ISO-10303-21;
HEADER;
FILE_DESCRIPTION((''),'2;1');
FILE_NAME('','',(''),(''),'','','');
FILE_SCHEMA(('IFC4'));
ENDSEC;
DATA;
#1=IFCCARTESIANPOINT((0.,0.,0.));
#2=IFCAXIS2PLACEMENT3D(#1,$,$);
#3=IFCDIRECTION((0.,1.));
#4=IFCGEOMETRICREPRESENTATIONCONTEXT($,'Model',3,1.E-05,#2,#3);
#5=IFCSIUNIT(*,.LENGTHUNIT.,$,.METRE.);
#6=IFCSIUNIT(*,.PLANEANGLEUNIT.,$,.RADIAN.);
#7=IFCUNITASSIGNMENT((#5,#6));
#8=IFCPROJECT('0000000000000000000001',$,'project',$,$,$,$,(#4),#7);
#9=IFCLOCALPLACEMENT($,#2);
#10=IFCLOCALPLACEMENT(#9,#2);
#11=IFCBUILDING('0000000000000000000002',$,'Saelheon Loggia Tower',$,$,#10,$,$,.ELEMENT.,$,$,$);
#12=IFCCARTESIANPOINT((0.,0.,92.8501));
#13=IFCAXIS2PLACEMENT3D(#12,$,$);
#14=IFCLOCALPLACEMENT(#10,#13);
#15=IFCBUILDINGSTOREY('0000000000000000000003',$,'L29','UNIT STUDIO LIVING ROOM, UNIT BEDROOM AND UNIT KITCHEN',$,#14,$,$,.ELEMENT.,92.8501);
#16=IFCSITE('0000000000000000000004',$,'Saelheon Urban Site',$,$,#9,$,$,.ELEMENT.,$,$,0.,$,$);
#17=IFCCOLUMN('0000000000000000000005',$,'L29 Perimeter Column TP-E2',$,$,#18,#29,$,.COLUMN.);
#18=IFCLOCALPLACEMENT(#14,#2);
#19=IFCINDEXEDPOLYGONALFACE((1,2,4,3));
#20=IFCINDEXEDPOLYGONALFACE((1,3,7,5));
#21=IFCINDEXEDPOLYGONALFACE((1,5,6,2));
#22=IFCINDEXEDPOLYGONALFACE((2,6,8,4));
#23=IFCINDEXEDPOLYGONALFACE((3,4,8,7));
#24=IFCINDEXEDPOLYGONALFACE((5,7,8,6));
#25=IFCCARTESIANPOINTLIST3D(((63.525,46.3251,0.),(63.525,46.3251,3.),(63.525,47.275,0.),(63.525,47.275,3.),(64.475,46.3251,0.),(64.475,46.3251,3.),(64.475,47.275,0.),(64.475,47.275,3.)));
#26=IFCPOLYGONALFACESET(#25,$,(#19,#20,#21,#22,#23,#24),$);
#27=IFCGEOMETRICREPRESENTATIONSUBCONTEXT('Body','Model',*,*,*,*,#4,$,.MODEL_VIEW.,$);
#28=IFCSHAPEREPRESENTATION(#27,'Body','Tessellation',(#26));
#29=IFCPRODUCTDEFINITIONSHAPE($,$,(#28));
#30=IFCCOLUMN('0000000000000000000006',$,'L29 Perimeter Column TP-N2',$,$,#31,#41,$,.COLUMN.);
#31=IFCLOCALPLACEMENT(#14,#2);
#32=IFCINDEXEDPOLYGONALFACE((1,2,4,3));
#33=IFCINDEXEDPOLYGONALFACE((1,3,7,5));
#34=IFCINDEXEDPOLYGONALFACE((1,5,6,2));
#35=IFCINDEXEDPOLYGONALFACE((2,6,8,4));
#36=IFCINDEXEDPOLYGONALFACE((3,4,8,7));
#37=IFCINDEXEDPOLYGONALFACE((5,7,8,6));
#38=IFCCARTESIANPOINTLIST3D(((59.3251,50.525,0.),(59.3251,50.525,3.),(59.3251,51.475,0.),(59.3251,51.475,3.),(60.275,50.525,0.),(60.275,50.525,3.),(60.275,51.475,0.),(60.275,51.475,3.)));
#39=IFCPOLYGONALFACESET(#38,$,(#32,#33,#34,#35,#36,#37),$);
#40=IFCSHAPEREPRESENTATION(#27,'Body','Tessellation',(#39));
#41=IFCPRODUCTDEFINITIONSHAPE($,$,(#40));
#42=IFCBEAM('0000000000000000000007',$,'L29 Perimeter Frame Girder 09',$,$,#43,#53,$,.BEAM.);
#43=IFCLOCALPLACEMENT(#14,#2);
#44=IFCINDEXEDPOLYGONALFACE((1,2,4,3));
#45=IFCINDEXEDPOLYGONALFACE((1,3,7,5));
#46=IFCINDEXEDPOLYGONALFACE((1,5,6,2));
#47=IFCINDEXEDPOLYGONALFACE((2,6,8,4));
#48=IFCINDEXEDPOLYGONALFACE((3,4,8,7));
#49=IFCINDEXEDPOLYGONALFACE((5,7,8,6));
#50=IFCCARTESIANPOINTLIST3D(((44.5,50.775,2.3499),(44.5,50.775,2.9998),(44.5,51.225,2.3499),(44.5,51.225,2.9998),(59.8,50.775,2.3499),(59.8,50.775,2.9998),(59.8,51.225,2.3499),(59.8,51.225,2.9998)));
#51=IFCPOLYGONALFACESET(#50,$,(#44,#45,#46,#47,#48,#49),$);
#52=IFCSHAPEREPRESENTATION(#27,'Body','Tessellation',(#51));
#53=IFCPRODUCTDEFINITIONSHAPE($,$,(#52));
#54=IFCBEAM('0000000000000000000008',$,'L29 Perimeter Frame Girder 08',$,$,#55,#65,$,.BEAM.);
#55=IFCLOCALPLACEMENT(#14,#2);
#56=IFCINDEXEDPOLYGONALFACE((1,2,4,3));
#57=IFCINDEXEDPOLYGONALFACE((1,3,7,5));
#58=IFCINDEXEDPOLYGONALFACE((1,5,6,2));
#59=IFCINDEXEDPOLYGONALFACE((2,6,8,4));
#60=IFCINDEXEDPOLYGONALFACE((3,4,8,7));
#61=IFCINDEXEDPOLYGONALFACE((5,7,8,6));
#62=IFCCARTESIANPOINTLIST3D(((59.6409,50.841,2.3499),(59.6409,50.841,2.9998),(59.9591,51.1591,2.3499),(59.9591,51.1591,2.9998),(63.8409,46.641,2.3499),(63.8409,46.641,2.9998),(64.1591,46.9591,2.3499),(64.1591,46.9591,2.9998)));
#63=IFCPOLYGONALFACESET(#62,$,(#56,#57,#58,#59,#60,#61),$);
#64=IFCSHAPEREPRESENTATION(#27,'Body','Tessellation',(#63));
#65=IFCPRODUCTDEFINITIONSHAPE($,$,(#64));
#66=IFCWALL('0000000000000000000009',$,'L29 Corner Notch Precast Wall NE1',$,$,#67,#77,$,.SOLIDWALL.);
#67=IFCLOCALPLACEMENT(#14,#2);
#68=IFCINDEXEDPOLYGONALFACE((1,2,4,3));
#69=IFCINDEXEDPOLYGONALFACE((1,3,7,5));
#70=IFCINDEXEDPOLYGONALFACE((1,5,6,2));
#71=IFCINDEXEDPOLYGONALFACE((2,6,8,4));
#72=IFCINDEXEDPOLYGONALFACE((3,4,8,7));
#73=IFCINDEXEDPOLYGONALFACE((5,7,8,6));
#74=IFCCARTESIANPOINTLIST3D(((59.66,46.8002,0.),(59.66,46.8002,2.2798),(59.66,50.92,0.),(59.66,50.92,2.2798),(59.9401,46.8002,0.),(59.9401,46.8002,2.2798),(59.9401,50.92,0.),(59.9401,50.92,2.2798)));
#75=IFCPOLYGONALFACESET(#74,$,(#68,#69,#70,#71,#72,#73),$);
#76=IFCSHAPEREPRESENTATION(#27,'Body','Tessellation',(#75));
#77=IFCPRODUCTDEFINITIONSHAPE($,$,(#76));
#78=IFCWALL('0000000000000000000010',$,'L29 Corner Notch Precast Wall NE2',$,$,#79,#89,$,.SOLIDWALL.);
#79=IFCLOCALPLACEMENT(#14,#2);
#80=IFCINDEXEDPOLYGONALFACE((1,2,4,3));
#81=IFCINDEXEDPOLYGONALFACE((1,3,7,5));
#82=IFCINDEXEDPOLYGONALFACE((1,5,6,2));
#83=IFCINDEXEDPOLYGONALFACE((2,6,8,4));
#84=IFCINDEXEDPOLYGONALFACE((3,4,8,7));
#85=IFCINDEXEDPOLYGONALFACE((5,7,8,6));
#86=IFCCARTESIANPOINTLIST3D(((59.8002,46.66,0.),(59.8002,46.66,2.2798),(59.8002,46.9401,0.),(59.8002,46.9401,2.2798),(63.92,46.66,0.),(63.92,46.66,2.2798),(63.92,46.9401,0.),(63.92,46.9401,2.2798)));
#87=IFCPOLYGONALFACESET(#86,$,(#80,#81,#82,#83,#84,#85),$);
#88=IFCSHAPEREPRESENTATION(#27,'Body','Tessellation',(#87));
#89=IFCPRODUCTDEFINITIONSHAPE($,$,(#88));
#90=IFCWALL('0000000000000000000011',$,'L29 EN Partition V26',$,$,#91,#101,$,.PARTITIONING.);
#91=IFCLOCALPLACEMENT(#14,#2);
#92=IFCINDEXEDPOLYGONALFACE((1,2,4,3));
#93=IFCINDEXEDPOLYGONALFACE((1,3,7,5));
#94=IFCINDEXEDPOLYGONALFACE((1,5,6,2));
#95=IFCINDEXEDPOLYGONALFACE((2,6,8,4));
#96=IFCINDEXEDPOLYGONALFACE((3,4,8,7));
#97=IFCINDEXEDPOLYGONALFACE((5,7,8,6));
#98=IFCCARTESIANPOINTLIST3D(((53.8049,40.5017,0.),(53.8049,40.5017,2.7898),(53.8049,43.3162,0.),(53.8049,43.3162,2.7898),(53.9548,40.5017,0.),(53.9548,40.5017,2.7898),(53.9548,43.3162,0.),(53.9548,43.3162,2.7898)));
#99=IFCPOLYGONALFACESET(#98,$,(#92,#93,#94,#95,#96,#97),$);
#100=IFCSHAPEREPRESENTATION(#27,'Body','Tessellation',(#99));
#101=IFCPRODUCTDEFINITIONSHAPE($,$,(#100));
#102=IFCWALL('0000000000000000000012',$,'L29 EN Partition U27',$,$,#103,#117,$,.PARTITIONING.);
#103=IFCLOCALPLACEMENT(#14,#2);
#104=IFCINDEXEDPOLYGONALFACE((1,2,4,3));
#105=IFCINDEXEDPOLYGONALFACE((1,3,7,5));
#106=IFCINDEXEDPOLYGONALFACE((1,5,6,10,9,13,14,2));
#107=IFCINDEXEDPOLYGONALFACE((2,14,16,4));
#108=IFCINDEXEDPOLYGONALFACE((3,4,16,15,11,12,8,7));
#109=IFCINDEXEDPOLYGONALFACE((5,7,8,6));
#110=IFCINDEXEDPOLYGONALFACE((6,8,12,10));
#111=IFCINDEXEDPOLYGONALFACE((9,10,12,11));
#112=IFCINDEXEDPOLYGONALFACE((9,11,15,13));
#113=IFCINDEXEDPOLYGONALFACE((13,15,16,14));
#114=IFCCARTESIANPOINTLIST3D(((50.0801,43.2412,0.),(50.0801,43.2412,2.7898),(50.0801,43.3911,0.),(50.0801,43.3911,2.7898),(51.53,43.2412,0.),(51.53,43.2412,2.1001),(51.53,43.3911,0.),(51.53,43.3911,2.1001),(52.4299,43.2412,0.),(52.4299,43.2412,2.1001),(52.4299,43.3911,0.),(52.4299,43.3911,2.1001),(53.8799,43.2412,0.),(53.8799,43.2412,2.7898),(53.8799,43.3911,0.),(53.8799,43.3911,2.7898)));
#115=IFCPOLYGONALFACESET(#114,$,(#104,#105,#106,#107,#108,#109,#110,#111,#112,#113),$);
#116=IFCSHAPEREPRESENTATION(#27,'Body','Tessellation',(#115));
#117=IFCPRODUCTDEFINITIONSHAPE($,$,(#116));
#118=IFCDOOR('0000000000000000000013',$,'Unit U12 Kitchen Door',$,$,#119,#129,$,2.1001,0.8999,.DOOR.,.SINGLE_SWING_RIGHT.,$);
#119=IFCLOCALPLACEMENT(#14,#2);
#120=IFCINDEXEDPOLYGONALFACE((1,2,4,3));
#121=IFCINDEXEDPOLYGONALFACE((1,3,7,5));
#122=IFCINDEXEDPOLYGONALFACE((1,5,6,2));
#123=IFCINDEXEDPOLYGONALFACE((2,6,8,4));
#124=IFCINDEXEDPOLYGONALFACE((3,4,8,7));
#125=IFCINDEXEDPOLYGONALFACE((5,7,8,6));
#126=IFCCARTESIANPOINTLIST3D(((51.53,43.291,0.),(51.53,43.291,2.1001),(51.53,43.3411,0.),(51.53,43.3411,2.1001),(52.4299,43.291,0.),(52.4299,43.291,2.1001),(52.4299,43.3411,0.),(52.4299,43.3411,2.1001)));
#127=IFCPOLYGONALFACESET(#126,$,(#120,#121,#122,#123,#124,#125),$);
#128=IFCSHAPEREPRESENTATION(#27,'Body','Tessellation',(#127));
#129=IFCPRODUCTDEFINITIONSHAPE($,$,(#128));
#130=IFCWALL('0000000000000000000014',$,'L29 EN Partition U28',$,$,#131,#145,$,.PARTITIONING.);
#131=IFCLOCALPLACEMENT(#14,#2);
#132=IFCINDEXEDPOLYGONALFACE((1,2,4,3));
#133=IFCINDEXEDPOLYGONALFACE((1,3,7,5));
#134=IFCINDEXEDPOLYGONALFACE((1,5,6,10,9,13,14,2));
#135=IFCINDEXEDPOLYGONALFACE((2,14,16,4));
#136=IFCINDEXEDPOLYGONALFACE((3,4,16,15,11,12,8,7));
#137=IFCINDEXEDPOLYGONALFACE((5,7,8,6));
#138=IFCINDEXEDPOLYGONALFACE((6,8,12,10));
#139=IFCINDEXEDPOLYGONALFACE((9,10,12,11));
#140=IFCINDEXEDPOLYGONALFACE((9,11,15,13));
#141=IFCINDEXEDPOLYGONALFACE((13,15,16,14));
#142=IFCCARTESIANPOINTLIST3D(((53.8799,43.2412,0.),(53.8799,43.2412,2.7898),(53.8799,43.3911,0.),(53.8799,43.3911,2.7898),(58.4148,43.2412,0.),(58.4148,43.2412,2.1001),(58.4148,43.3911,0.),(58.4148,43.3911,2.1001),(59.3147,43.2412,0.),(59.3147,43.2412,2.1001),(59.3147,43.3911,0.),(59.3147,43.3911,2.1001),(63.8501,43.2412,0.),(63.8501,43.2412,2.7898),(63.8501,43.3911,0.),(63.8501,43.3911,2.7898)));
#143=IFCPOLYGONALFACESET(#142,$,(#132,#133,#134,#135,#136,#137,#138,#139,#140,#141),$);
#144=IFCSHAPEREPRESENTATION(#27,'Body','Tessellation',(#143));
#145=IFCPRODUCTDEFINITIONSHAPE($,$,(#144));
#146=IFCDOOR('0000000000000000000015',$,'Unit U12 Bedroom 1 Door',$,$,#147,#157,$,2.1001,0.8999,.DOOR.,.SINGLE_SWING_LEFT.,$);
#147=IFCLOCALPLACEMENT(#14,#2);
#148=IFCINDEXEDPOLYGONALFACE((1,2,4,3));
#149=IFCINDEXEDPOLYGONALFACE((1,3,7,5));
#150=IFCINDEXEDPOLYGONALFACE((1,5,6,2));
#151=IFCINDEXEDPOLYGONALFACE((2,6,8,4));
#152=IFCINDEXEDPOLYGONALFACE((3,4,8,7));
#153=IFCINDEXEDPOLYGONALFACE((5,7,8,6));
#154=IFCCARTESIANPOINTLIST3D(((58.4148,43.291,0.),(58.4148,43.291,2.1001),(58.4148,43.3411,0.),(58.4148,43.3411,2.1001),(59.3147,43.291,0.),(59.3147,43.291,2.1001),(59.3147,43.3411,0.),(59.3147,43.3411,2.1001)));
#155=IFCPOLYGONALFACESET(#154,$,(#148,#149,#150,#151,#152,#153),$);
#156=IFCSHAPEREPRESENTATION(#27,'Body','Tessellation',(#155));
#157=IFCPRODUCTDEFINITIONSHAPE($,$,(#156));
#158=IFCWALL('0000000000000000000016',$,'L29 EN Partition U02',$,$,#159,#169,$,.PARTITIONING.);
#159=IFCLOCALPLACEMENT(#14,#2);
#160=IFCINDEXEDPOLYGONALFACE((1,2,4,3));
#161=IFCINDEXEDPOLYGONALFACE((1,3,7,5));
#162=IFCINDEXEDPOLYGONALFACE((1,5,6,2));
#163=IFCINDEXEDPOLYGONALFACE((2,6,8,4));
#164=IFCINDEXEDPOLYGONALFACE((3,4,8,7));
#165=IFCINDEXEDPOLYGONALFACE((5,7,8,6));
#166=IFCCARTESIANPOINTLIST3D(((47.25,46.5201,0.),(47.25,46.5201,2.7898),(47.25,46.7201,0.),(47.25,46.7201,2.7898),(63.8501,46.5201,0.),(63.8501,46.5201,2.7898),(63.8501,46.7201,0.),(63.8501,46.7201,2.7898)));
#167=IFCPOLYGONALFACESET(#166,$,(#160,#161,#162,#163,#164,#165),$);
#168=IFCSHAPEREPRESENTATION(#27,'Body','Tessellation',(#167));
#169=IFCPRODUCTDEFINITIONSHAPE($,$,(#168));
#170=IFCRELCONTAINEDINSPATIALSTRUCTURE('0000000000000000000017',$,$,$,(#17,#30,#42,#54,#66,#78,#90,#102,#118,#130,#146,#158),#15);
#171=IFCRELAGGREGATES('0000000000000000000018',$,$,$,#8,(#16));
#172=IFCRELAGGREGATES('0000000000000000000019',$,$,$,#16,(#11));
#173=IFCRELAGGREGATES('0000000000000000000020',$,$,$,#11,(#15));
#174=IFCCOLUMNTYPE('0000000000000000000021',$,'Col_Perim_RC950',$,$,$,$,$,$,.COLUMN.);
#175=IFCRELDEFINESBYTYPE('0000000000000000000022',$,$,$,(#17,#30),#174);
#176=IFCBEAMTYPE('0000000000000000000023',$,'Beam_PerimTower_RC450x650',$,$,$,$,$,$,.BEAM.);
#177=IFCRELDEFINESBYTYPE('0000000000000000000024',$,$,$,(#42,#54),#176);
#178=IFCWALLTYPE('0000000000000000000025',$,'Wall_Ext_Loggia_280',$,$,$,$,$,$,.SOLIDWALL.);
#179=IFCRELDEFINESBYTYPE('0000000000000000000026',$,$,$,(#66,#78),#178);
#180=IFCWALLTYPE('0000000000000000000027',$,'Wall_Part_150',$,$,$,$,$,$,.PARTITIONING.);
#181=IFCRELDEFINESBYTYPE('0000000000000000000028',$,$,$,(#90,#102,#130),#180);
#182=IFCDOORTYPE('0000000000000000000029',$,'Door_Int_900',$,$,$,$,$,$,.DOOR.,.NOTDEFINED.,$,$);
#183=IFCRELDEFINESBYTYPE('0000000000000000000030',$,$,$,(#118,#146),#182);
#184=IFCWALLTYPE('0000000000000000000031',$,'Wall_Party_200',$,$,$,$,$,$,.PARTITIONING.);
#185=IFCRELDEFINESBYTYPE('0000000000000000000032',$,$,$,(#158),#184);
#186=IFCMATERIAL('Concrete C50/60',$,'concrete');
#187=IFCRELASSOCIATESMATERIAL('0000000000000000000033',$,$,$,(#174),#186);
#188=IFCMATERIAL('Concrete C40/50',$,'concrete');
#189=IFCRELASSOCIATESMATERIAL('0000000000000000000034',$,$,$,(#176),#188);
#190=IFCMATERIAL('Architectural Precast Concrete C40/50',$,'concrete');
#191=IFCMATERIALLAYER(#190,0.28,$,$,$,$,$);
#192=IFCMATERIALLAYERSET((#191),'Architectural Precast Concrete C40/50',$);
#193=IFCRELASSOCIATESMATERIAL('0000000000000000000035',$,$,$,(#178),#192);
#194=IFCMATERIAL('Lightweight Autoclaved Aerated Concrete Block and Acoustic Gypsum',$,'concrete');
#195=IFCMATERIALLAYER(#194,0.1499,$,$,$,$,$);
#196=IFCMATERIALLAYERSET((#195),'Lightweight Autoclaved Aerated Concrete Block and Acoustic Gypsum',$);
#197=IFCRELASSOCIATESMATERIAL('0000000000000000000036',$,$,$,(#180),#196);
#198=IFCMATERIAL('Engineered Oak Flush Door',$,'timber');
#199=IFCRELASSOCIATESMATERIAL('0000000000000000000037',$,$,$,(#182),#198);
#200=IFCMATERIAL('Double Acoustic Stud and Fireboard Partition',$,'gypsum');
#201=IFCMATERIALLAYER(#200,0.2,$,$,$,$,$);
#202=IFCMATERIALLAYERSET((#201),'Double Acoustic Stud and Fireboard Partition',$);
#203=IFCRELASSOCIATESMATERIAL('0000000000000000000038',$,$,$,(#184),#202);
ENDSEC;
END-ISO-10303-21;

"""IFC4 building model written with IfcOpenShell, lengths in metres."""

from ifc_helpers import new_model, si_unit, direction, frame, frame_2d, origin, origin_2d, place, context, subcontext, project, spatial, rectangle, extrude, source, transform, mapped, material, layer, layer_set, material_profile, profile_set, type_object, element, fill, save


model = new_model("IFC4")

# Units and contexts
model_context = context("Model", 3, precision=1e-05, world=origin(), true_north=direction((0.0, 1.0)))
body_context = subcontext(model_context, "Body", "Model", "MODEL_VIEW")
ifc_project = project(units=[si_unit("LENGTHUNIT", "METRE"), si_unit("PLANEANGLEUNIT", "RADIAN")], contexts=[model_context])

# Site, building, storey
site_placement = place(None, origin())
site = spatial("IfcSite", under=ifc_project, at=site_placement, Name="Saelheon Urban Site", CompositionType="ELEMENT", RefElevation=0.0)
building_placement = place(site_placement, origin())
building = spatial("IfcBuilding", under=site, at=building_placement, Name="Saelheon Loggia Tower", CompositionType="ELEMENT")
storey_placement = place(building_placement, frame((0.0, 0.0, 92.8501)))
storey = spatial("IfcBuildingStorey", under=building, at=storey_placement, Name="L29", Description="UNIT STUDIO LIVING ROOM, UNIT BEDROOM AND UNIT KITCHEN", CompositionType="ELEMENT", Elevation=92.8501)

# Columns
ifc_material_1 = material(Name="Concrete C50/60", Category="concrete")
ifc_material_profile_1 = material_profile(ifc_material_1, rectangle(XDim=0.95, YDim=0.95, at=origin_2d()), Name="RC-950x950")
ifc_profile_set_1 = profile_set([ifc_material_profile_1], Name="Concrete C50/60")
column_type = type_object("IfcColumnType", Name="Col_Perim_RC950", PredefinedType="COLUMN", material=ifc_profile_set_1)
shared_shape_1 = source(origin(), body_context, "Body", "SweptSolid", [
    extrude(rectangle(XDim=0.95, YDim=0.95, at=origin_2d()), origin(), (0.0, 0.0, 1.0), 3.0),
])
for number, where, z_axis, x_axis, name in (
    (1, (64.0, 46.8, 0.0), (0.0, 0.0, 1.0), (1.0, 0.0, 0.0), "L29 Perimeter Column TP-E2"),
    (2, (59.8, 51.0, 0.0), (0.0, 0.0, 1.0), (1.0, 0.0, 0.0), "L29 Perimeter Column TP-N2"),
):
    element("IfcColumn", number, at=place(storey_placement, frame(where, z_axis=z_axis, x_axis=x_axis)), inside=storey, type_object=column_type, Name=name, PredefinedType="COLUMN", context=body_context, shape_type="MappedRepresentation", body=[
        mapped(shared_shape_1, transform((0.0, 0.0, 0.0), scale=1.0)),
    ])

# Beams
ifc_material_2 = material(Name="Concrete C40/50", Category="concrete")
ifc_material_profile_2 = material_profile(ifc_material_2, rectangle(XDim=0.45, YDim=0.6499, at=origin_2d()), Name="RC-450x650")
ifc_profile_set_2 = profile_set([ifc_material_profile_2], Name="Concrete C40/50")
beam_type = type_object("IfcBeamType", Name="Beam_PerimTower_RC450x650", PredefinedType="BEAM", material=ifc_profile_set_2)
shared_shape_2 = source(origin(), body_context, "Body", "SweptSolid", [
    extrude(rectangle(XDim=0.45, YDim=0.6499, at=origin_2d()), origin(), (0.0, 0.0, 1.0), 15.3),
])
beam_1_placement = place(storey_placement, frame((59.8, 51.0, 2.6748), z_axis=(-1.0, 0.0, 0.0), x_axis=(0.0, -1.0, 0.0)))
element("IfcBeam", 3, at=beam_1_placement, inside=storey, type_object=beam_type, Name="L29 Perimeter Frame Girder 09", PredefinedType="BEAM", context=body_context, shape_type="MappedRepresentation", body=[
    mapped(shared_shape_2, transform((0.0, 0.0, 0.0), scale=1.0)),
])
shared_shape_3 = source(origin(), body_context, "Body", "SweptSolid", [
    extrude(rectangle(XDim=0.45, YDim=0.6499, at=origin_2d()), origin(), (0.0, 0.0, 1.0), 5.9397),
])
beam_2_placement = place(storey_placement, frame((64.0, 46.8, 2.6748), z_axis=(-0.707107, 0.707107, 0.0), x_axis=(-0.707107, -0.707107, 0.0)))
element("IfcBeam", 4, at=beam_2_placement, inside=storey, type_object=beam_type, Name="L29 Perimeter Frame Girder 08", PredefinedType="BEAM", context=body_context, shape_type="MappedRepresentation", body=[
    mapped(shared_shape_3, transform((0.0, 0.0, 0.0), scale=1.0)),
])

# Walls
ifc_material_3 = material(Name="Architectural Precast Concrete C40/50", Category="concrete")
ifc_layer_1 = layer(ifc_material_3, 0.28)
ifc_layer_set_1 = layer_set([ifc_layer_1], Name="Architectural Precast Concrete C40/50")
wall_type_1 = type_object("IfcWallType", Name="Wall_Ext_Loggia_280", PredefinedType="SOLIDWALL", material=ifc_layer_set_1)
for number, where, z_axis, x_axis, name in (
    (5, (59.8, 46.8, 0.0), (0.0, 0.0, 1.0), (0.0, 1.0, 0.0), "L29 Corner Notch Precast Wall NE1"),
    (6, (59.8, 46.8, 0.0), (0.0, 0.0, 1.0), (1.0, 0.0, 0.0), "L29 Corner Notch Precast Wall NE2"),
):
    element("IfcWall", number, at=place(storey_placement, frame(where, z_axis=z_axis, x_axis=x_axis)), inside=storey, type_object=wall_type_1, Name=name, PredefinedType="SOLIDWALL", context=body_context, shape_type="SweptSolid", body=[
        extrude(rectangle(XDim=4.1199, YDim=0.28, at=frame_2d((2.0601, 0.0))), origin(), (0.0, 0.0, 1.0), 2.2798),
    ])
ifc_material_4 = material(Name="Lightweight Autoclaved Aerated Concrete Block and Acoustic Gypsum", Category="concrete")
ifc_layer_2 = layer(ifc_material_4, 0.1499)
ifc_layer_set_2 = layer_set([ifc_layer_2], Name="Lightweight Autoclaved Aerated Concrete Block and Acoustic Gypsum")
wall_type_2 = type_object("IfcWallType", Name="Wall_Part_150", PredefinedType="PARTITIONING", material=ifc_layer_set_2)
wall_1_placement = place(storey_placement, frame((53.8799, 40.5017, 0.0), z_axis=(0.0, 0.0, 1.0), x_axis=(0.0, 1.0, 0.0)))
element("IfcWall", 7, at=wall_1_placement, inside=storey, type_object=wall_type_2, Name="L29 EN Partition V26", PredefinedType="PARTITIONING", context=body_context, shape_type="SweptSolid", body=[
    extrude(rectangle(XDim=2.8145, YDim=0.1499, at=frame_2d((1.4072, 0.0))), origin(), (0.0, 0.0, 1.0), 2.7898),
])

# Walls, openings, doors
wall_2_placement = place(storey_placement, frame((50.0801, 43.3162, 0.0), z_axis=(0.0, 0.0, 1.0), x_axis=(1.0, 0.0, 0.0)))
wall_2 = element("IfcWall", 8, at=wall_2_placement, inside=storey, type_object=wall_type_2, Name="L29 EN Partition U27", PredefinedType="PARTITIONING", context=body_context, shape_type="SweptSolid", body=[
    extrude(rectangle(XDim=3.7998, YDim=0.1499, at=frame_2d((1.8999, 0.0))), origin(), (0.0, 0.0, 1.0), 2.7898),
])
opening_1_placement = place(wall_2_placement, frame((1.45, 0.0, 0.0)))
opening_1 = element("IfcOpeningElement", 9, at=opening_1_placement, cuts=wall_2, PredefinedType="OPENING", context=body_context, shape_type="SweptSolid", body=[
    extrude(rectangle(XDim=0.8999, YDim=2.1001, at=frame_2d((0.45, 1.05))), frame((0.0, 0.0869, 0.0), z_axis=(0.0, -1.0, 0.0), x_axis=(1.0, 0.0, 0.0)), (0.0, 0.0, 1.0), 0.1738),
])
ifc_material_5 = material(Name="Engineered Oak Flush Door", Category="timber")
door_type_1 = type_object("IfcDoorType", Name="Door_Int_900", OperationType="NOTDEFINED", PredefinedType="DOOR", material=ifc_material_5)
shared_shape_4 = source(origin(), body_context, "Body", "SweptSolid", [
    extrude(rectangle(XDim=0.8999, YDim=2.1001, at=frame_2d((0.45, 1.05))), frame((0.0, 0.0249, 0.0), z_axis=(0.0, -1.0, 0.0), x_axis=(1.0, 0.0, 0.0)), (0.0, 0.0, 1.0), 0.05),
])
door_1_placement = place(opening_1_placement, origin())
door_1 = element("IfcDoor", 10, at=door_1_placement, inside=storey, type_object=door_type_1, Name="Unit U12 Kitchen Door", OperationType="SINGLE_SWING_RIGHT", OverallHeight=2.1001, OverallWidth=0.8999, PredefinedType="DOOR", context=body_context, shape_type="MappedRepresentation", body=[
    mapped(shared_shape_4, transform((0.0, 0.0, 0.0), scale=1.0)),
])
fill(opening_1, door_1)
wall_3_placement = place(storey_placement, frame((53.8799, 43.3162, 0.0), z_axis=(0.0, 0.0, 1.0), x_axis=(1.0, 0.0, 0.0)))
wall_3 = element("IfcWall", 11, at=wall_3_placement, inside=storey, type_object=wall_type_2, Name="L29 EN Partition U28", PredefinedType="PARTITIONING", context=body_context, shape_type="SweptSolid", body=[
    extrude(rectangle(XDim=9.9702, YDim=0.1499, at=frame_2d((4.9851, 0.0))), origin(), (0.0, 0.0, 1.0), 2.7898),
])
opening_2_placement = place(wall_3_placement, frame((4.5349, 0.0, 0.0)))
opening_2 = element("IfcOpeningElement", 12, at=opening_2_placement, cuts=wall_3, PredefinedType="OPENING", context=body_context, shape_type="SweptSolid", body=[
    extrude(rectangle(XDim=0.8999, YDim=2.1001, at=frame_2d((0.45, 1.05))), frame((0.0, 0.0869, 0.0), z_axis=(0.0, -1.0, 0.0), x_axis=(1.0, 0.0, 0.0)), (0.0, 0.0, 1.0), 0.1738),
])
door_2_placement = place(opening_2_placement, origin())
door_2 = element("IfcDoor", 13, at=door_2_placement, inside=storey, type_object=door_type_1, Name="Unit U12 Bedroom 1 Door", OperationType="SINGLE_SWING_LEFT", OverallHeight=2.1001, OverallWidth=0.8999, PredefinedType="DOOR", context=body_context, shape_type="MappedRepresentation", body=[
    mapped(shared_shape_4, transform((0.0, 0.0, 0.0), scale=1.0)),
])
fill(opening_2, door_2)

# Wall
ifc_material_6 = material(Name="Double Acoustic Stud and Fireboard Partition", Category="gypsum")
ifc_layer_3 = layer(ifc_material_6, 0.2)
ifc_layer_set_3 = layer_set([ifc_layer_3], Name="Double Acoustic Stud and Fireboard Partition")
wall_type_3 = type_object("IfcWallType", Name="Wall_Party_200", PredefinedType="PARTITIONING", material=ifc_layer_set_3)
wall_4_placement = place(storey_placement, frame((47.25, 46.6201, 0.0), z_axis=(0.0, 0.0, 1.0), x_axis=(1.0, 0.0, 0.0)))
element("IfcWall", 14, at=wall_4_placement, inside=storey, type_object=wall_type_3, Name="L29 EN Partition U02", PredefinedType="PARTITIONING", context=body_context, shape_type="SweptSolid", body=[
    extrude(rectangle(XDim=16.6001, YDim=0.2, at=frame_2d((8.3, 0.0))), origin(), (0.0, 0.0, 1.0), 2.7898),
])

save(model, "model.ifc")
